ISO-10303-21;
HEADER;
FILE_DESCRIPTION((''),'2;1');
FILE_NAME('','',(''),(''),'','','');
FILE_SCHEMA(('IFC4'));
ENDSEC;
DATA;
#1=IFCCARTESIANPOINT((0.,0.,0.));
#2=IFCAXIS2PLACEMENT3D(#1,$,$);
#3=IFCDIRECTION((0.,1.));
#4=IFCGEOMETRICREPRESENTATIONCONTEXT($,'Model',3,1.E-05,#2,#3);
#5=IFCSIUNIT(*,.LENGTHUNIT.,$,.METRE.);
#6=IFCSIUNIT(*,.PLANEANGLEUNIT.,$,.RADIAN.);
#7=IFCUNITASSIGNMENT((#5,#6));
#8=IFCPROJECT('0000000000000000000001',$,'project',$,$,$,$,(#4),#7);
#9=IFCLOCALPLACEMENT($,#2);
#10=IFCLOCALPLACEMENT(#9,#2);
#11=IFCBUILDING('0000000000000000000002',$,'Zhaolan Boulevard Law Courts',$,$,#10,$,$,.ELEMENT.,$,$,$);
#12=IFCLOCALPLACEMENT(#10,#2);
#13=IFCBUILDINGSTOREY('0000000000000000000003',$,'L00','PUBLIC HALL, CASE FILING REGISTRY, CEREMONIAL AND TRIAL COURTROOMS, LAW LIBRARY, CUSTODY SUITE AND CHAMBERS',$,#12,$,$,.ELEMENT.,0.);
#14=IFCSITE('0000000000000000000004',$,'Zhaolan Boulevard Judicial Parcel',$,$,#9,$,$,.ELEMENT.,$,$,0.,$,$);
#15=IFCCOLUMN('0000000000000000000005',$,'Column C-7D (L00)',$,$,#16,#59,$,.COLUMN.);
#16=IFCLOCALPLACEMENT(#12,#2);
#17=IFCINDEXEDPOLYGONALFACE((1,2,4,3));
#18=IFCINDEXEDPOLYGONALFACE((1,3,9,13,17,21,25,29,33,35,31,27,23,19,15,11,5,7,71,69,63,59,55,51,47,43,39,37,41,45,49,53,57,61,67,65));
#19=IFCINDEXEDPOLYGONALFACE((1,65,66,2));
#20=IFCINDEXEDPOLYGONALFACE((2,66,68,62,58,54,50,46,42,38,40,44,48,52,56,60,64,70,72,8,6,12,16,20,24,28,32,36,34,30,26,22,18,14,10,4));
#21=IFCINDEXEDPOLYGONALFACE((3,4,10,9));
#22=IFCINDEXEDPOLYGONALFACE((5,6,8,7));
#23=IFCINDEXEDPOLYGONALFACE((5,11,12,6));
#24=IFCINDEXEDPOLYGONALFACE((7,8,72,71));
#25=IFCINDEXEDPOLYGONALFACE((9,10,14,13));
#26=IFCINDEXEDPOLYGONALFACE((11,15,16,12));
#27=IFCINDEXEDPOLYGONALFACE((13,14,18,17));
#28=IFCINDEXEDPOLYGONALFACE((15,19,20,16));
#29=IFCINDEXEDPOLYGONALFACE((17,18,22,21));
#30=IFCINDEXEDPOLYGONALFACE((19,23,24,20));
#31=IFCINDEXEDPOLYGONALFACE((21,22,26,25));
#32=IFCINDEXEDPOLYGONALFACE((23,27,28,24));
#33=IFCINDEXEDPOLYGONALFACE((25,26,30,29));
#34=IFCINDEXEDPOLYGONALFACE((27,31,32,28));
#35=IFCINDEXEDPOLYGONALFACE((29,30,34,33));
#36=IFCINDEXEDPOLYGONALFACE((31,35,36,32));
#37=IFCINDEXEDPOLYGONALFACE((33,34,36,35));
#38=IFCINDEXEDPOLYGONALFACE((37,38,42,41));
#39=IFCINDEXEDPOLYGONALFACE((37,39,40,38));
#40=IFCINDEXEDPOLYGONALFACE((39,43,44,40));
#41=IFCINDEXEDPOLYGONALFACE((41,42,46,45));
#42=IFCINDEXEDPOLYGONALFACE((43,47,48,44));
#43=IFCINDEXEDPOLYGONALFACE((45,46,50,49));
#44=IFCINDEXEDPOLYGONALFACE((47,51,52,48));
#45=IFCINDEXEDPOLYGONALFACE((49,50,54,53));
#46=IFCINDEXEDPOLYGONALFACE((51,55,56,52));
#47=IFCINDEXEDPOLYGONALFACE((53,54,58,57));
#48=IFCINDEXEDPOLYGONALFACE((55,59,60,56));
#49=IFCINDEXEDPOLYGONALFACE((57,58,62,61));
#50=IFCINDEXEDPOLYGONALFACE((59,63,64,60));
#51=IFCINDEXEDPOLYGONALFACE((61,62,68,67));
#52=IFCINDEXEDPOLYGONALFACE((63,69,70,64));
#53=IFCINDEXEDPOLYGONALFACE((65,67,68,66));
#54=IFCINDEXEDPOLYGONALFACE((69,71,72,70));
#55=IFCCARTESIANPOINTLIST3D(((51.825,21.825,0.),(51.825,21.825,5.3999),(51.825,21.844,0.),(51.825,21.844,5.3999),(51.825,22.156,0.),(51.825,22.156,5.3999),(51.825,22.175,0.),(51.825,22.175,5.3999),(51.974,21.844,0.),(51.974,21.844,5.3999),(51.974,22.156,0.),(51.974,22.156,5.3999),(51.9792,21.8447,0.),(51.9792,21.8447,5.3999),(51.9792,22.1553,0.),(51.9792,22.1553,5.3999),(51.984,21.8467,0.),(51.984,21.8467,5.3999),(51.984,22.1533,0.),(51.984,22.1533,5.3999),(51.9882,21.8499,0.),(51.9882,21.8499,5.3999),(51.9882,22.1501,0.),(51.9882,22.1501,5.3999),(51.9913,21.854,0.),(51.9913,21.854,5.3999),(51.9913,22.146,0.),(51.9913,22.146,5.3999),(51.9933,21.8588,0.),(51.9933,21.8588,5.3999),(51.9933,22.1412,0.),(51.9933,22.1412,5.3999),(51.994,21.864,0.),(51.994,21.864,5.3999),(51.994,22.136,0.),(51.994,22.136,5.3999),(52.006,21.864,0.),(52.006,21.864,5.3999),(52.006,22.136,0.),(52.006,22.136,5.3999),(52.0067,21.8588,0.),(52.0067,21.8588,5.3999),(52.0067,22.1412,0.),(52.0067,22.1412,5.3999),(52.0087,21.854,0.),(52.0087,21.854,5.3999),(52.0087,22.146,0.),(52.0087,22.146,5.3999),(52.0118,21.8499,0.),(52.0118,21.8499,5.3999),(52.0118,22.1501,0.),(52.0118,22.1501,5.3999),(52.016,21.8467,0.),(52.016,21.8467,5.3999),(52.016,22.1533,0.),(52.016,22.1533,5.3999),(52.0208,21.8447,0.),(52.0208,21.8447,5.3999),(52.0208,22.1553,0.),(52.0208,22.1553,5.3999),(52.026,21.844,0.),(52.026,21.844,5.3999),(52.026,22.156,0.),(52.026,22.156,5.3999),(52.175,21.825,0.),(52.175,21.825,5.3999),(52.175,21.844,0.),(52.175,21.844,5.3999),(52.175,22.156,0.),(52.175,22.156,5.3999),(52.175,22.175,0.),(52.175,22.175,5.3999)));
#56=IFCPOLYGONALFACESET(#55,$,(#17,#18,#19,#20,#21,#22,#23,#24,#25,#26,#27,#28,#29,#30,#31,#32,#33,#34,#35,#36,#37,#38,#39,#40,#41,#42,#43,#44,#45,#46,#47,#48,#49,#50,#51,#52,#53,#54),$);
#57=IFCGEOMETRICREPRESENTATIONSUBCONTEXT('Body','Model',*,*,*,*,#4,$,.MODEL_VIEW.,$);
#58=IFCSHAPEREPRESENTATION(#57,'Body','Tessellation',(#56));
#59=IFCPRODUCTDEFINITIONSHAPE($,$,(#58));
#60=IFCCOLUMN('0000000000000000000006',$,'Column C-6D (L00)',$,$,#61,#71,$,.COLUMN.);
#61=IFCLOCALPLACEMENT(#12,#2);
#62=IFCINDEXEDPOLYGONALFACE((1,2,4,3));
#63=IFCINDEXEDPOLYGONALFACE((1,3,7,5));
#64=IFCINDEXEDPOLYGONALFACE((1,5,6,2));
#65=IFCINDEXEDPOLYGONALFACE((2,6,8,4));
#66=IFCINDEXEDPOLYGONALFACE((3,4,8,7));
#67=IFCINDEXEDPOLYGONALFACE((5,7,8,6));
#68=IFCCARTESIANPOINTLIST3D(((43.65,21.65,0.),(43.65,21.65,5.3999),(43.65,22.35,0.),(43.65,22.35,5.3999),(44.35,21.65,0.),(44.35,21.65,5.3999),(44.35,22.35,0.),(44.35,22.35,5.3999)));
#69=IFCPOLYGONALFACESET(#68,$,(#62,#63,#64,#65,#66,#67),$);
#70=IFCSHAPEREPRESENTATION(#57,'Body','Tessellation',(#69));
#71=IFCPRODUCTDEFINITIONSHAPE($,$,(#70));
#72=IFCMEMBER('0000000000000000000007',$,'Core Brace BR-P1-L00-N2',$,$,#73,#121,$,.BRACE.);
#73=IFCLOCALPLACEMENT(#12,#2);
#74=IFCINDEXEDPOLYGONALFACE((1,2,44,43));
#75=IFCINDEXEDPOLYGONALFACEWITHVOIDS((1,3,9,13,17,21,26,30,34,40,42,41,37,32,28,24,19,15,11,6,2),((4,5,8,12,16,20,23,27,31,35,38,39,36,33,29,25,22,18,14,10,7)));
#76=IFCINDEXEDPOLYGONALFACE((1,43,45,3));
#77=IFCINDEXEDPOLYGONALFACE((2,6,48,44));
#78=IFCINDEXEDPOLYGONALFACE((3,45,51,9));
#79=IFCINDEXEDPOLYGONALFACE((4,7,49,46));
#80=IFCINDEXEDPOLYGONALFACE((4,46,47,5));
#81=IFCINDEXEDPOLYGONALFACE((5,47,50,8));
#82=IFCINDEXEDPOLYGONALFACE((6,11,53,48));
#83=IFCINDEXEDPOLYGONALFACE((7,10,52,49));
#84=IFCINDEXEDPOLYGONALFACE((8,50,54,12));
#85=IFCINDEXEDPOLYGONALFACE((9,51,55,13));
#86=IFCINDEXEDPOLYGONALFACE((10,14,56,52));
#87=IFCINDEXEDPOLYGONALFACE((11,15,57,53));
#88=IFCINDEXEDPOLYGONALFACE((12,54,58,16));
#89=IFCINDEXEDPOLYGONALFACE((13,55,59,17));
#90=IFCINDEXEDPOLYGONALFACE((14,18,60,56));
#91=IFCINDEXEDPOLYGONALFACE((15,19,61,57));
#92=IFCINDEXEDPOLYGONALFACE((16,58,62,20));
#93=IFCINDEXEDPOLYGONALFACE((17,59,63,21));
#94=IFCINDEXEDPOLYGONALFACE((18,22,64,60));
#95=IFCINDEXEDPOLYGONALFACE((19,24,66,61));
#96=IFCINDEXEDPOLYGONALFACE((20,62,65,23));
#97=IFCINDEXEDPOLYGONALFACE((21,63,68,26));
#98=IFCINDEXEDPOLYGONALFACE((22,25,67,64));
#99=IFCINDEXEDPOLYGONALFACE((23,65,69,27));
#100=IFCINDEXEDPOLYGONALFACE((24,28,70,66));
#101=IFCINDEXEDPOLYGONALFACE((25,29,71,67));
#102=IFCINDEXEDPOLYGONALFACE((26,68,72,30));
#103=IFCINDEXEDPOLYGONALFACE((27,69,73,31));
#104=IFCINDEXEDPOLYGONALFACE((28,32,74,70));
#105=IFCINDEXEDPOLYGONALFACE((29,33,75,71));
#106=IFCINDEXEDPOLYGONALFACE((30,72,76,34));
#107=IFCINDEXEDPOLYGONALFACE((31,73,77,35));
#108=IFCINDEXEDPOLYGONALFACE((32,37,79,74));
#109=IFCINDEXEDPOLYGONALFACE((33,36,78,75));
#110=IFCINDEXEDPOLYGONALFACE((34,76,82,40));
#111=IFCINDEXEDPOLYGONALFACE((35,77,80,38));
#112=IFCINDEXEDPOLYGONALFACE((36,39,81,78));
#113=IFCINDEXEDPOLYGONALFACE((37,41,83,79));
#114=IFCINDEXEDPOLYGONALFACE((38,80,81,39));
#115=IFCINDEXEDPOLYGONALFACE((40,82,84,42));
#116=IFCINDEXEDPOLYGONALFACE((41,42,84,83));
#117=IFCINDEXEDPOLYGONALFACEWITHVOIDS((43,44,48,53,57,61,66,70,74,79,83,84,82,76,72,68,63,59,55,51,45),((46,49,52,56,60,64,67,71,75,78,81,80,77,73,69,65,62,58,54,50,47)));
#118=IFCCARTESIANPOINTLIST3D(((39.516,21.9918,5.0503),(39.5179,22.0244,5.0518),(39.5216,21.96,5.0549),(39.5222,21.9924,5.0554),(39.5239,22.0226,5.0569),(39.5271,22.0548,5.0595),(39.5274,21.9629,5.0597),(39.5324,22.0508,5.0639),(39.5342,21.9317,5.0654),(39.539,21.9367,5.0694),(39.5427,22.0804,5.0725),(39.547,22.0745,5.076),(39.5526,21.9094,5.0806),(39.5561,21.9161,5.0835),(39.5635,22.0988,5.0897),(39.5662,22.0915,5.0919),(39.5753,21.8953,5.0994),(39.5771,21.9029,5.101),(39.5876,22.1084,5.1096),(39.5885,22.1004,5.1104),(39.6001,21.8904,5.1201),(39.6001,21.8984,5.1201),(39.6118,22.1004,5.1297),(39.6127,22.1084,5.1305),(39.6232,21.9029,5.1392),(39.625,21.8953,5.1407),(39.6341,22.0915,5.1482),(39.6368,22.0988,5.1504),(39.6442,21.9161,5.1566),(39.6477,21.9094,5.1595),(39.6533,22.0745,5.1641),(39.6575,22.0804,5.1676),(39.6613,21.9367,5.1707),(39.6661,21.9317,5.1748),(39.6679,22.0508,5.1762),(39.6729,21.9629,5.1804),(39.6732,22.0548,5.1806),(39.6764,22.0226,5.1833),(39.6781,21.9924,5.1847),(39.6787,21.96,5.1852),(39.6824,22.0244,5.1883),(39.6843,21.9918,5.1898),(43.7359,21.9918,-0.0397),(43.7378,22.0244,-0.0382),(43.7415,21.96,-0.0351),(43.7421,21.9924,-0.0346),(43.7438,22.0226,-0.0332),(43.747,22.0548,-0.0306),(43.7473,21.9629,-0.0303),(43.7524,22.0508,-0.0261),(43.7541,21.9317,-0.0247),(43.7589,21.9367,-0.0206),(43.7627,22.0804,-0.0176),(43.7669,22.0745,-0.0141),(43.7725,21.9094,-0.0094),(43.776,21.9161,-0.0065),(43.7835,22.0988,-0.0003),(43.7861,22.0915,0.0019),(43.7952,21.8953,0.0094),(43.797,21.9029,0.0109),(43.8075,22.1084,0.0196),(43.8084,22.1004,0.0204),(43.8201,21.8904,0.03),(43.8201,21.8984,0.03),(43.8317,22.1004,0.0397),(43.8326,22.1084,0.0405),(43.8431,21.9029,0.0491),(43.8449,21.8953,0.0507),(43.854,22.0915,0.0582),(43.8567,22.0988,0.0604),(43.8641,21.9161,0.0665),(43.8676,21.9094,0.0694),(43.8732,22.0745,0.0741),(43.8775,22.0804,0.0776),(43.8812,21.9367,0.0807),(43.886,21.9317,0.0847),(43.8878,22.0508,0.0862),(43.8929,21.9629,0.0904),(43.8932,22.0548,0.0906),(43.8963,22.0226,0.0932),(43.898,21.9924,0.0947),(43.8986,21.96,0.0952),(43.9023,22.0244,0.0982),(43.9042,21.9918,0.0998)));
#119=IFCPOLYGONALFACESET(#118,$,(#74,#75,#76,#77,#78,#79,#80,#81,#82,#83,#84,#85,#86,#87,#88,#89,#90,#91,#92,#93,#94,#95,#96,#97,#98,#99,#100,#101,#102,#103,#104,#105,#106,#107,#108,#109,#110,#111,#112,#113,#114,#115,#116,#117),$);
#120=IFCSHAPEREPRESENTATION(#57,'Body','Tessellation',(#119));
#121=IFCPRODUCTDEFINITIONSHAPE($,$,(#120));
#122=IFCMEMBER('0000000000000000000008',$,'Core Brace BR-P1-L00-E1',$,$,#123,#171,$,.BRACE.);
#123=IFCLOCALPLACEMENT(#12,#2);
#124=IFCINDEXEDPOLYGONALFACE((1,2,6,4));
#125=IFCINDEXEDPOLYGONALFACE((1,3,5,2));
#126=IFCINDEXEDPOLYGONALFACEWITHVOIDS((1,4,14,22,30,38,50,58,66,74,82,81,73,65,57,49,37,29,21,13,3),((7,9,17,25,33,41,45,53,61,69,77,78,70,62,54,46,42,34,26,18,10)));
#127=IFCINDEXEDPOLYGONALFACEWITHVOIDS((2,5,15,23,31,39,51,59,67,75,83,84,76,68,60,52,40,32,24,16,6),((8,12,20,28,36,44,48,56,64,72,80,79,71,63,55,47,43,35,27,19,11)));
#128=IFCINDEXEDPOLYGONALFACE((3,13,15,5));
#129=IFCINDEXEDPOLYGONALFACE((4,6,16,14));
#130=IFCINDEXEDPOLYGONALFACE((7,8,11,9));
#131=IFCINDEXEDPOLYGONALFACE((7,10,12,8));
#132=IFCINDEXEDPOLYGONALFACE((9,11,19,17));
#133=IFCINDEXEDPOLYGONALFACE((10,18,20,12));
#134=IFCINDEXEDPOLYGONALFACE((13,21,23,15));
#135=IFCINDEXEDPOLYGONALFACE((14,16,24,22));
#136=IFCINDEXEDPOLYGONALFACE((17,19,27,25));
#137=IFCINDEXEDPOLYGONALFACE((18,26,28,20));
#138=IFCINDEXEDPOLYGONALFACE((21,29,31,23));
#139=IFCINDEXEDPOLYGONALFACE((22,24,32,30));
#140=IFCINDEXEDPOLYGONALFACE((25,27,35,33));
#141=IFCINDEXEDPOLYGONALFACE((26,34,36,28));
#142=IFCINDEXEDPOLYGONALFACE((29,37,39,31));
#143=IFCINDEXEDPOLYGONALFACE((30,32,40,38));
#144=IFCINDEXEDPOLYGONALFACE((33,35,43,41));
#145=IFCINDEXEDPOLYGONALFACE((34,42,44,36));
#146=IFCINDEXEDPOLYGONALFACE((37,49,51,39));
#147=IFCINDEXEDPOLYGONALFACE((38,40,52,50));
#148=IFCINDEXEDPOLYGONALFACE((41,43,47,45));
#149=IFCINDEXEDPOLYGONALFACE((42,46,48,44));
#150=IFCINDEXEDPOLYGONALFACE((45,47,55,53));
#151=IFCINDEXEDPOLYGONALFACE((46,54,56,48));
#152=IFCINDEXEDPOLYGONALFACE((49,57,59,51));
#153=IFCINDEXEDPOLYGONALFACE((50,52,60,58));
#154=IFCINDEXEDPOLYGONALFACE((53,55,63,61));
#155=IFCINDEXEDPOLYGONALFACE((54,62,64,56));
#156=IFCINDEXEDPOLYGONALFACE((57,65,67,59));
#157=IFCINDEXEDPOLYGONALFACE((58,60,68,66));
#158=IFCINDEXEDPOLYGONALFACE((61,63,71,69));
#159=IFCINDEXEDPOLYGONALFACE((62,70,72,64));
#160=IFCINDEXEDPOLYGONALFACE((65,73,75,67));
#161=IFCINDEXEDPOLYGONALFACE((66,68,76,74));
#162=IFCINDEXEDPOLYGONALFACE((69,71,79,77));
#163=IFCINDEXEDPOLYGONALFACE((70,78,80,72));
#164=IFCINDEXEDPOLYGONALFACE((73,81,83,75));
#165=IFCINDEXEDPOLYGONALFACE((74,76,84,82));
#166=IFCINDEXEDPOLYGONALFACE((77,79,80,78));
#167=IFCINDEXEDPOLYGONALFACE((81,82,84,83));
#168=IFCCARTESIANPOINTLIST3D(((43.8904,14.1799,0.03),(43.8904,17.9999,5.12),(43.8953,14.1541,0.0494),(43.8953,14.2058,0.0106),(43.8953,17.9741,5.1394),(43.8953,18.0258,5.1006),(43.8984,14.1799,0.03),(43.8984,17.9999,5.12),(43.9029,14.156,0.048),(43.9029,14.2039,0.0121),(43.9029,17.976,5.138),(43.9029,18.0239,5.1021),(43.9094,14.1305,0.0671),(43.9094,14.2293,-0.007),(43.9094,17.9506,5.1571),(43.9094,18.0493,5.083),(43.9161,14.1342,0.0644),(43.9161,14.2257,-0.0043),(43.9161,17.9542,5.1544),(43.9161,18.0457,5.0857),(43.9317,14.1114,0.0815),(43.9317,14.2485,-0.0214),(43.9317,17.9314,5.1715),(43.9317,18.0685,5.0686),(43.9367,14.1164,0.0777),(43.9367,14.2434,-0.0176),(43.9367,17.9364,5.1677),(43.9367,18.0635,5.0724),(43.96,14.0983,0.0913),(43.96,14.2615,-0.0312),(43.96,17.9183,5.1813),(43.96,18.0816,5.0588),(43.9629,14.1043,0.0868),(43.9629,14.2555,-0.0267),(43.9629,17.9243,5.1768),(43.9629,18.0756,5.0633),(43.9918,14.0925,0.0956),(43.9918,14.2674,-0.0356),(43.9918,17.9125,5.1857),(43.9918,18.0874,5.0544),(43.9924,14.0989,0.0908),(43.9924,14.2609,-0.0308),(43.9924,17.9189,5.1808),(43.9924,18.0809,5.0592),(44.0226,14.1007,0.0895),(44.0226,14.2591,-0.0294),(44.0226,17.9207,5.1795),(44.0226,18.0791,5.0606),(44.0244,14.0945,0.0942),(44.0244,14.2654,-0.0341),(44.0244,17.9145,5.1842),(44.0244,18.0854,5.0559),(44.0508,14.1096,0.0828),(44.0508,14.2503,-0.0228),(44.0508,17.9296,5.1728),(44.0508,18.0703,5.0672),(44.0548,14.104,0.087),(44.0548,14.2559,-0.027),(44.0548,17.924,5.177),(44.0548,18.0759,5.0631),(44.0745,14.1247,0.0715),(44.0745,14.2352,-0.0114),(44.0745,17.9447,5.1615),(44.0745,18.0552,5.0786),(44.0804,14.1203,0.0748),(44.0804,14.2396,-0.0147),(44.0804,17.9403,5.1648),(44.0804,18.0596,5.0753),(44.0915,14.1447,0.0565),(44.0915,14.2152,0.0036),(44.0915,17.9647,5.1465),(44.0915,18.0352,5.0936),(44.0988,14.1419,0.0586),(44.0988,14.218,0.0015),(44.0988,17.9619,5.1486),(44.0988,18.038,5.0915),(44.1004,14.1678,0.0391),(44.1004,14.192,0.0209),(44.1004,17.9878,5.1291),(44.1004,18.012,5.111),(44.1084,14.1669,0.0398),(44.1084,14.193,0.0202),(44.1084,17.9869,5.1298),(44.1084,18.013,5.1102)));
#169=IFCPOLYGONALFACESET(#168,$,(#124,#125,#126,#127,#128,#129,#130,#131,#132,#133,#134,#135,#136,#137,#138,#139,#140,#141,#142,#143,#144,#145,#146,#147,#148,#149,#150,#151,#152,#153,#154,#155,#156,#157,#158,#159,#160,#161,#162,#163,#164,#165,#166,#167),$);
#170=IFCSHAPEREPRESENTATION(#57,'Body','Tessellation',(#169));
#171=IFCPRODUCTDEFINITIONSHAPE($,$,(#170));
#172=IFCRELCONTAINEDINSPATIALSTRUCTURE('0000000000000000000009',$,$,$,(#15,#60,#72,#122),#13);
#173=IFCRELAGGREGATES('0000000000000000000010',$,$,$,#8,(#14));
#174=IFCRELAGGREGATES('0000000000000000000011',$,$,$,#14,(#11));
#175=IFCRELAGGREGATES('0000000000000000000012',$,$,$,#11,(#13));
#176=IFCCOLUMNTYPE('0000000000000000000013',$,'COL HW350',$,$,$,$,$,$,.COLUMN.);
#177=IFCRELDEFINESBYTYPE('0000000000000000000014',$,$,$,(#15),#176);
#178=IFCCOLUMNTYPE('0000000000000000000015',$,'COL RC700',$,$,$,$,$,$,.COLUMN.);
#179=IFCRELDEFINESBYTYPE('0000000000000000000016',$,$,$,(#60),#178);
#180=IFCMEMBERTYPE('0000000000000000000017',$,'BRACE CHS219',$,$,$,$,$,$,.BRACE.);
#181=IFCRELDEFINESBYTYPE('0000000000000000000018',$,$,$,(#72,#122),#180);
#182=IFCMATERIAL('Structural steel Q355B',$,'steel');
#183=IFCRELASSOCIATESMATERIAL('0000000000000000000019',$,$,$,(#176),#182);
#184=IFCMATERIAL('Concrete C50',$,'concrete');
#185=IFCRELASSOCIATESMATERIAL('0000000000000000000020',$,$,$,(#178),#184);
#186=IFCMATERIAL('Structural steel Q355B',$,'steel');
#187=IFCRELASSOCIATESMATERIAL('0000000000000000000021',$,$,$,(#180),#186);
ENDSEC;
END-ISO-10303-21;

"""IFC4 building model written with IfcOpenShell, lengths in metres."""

from ifc_helpers import new_model, si_unit, direction, frame, origin, origin_2d, place, context, subcontext, project, spatial, rectangle, hollow_circle, i_section, extrude, material, material_profile, profile_set, type_object, element, save


model = new_model("IFC4")

# Units and contexts
model_context = context("Model", 3, precision=1e-05, world=origin(), true_north=direction((0.0, 1.0)))
body_context = subcontext(model_context, "Body", "Model", "MODEL_VIEW")
ifc_project = project(units=[si_unit("LENGTHUNIT", "METRE"), si_unit("PLANEANGLEUNIT", "RADIAN")], contexts=[model_context])

# Site, building, storey
site_placement = place(None, origin())
site = spatial("IfcSite", under=ifc_project, at=site_placement, Name="Zhaolan Boulevard Judicial Parcel", CompositionType="ELEMENT", RefElevation=0.0)
building_placement = place(site_placement, origin())
building = spatial("IfcBuilding", under=site, at=building_placement, Name="Zhaolan Boulevard Law Courts", CompositionType="ELEMENT")
storey_placement = place(building_placement, origin())
storey = spatial("IfcBuildingStorey", under=building, at=storey_placement, Name="L00", Description="PUBLIC HALL, CASE FILING REGISTRY, CEREMONIAL AND TRIAL COURTROOMS, LAW LIBRARY, CUSTODY SUITE AND CHAMBERS", CompositionType="ELEMENT", Elevation=0.0)

# Columns
ifc_material_1 = material(Name="Structural steel Q355B", Category="steel")
ifc_material_profile_1 = material_profile(ifc_material_1, i_section(OverallWidth=0.3501, OverallDepth=0.3501, WebThickness=0.012, FlangeThickness=0.019, FilletRadius=0.02, at=origin_2d()), Name="HW350x350")
ifc_profile_set_1 = profile_set([ifc_material_profile_1], Name="Structural steel Q355B")
column_type_1 = type_object("IfcColumnType", Name="COL HW350", PredefinedType="COLUMN", material=ifc_profile_set_1)
column_1_placement = place(storey_placement, frame((52.0, 22.0, 0.0), z_axis=(0.0, 0.0, 1.0), x_axis=(1.0, 0.0, 0.0)))
element("IfcColumn", 1, at=column_1_placement, inside=storey, type_object=column_type_1, Name="Column C-7D (L00)", PredefinedType="COLUMN", context=body_context, shape_type="SweptSolid", body=[
    extrude(i_section(OverallWidth=0.3501, OverallDepth=0.3501, WebThickness=0.012, FlangeThickness=0.019, FilletRadius=0.02, at=origin_2d()), origin(), (0.0, 0.0, 1.0), 5.3999),
])
ifc_material_2 = material(Name="Concrete C50", Category="concrete")
ifc_material_profile_2 = material_profile(ifc_material_2, rectangle(XDim=0.7, YDim=0.7, at=origin_2d()), Name="RC700x700")
ifc_profile_set_2 = profile_set([ifc_material_profile_2], Name="Concrete C50")
column_type_2 = type_object("IfcColumnType", Name="COL RC700", PredefinedType="COLUMN", material=ifc_profile_set_2)
column_2_placement = place(storey_placement, frame((44.0, 22.0, 0.0), z_axis=(0.0, 0.0, 1.0), x_axis=(1.0, 0.0, 0.0)))
element("IfcColumn", 2, at=column_2_placement, inside=storey, type_object=column_type_2, Name="Column C-6D (L00)", PredefinedType="COLUMN", context=body_context, shape_type="SweptSolid", body=[
    extrude(rectangle(XDim=0.7, YDim=0.7, at=origin_2d()), origin(), (0.0, 0.0, 1.0), 5.3999),
])

# Members
ifc_material_3 = material(Name="Structural steel Q355B", Category="steel")
ifc_material_profile_3 = material_profile(ifc_material_3, hollow_circle(Radius=0.1096, WallThickness=0.0081, at=origin_2d()), Name="CHS219x8")
ifc_profile_set_3 = profile_set([ifc_material_profile_3], Name="Structural steel Q355B")
member_type_1 = type_object("IfcMemberType", Name="BRACE CHS219", PredefinedType="BRACE", material=ifc_profile_set_3)
member_1_placement = place(storey_placement, frame((43.8201, 22.0, 0.03), z_axis=(-0.638239, 0.0, 0.769838), x_axis=(0.0, -1.0, 0.0)))
element("IfcMember", 3, at=member_1_placement, inside=storey, type_object=member_type_1, Name="Core Brace BR-P1-L00-N2", PredefinedType="BRACE", context=body_context, shape_type="SweptSolid", body=[
    extrude(hollow_circle(Radius=0.1096, WallThickness=0.0081, at=origin_2d()), origin(), (0.0, 0.0, 1.0), 6.6118),
])
member_2_placement = place(storey_placement, frame((44.0, 14.1799, 0.03), z_axis=(0.0, 0.600252, 0.799811), x_axis=(-1.0, 0.0, 0.0)))
element("IfcMember", 4, at=member_2_placement, inside=storey, type_object=member_type_1, Name="Core Brace BR-P1-L00-E1", PredefinedType="BRACE", context=body_context, shape_type="SweptSolid", body=[
    extrude(hollow_circle(Radius=0.1096, WallThickness=0.0081, at=origin_2d()), origin(), (0.0, 0.0, 1.0), 6.364),
])

save(model, "model.ifc")
